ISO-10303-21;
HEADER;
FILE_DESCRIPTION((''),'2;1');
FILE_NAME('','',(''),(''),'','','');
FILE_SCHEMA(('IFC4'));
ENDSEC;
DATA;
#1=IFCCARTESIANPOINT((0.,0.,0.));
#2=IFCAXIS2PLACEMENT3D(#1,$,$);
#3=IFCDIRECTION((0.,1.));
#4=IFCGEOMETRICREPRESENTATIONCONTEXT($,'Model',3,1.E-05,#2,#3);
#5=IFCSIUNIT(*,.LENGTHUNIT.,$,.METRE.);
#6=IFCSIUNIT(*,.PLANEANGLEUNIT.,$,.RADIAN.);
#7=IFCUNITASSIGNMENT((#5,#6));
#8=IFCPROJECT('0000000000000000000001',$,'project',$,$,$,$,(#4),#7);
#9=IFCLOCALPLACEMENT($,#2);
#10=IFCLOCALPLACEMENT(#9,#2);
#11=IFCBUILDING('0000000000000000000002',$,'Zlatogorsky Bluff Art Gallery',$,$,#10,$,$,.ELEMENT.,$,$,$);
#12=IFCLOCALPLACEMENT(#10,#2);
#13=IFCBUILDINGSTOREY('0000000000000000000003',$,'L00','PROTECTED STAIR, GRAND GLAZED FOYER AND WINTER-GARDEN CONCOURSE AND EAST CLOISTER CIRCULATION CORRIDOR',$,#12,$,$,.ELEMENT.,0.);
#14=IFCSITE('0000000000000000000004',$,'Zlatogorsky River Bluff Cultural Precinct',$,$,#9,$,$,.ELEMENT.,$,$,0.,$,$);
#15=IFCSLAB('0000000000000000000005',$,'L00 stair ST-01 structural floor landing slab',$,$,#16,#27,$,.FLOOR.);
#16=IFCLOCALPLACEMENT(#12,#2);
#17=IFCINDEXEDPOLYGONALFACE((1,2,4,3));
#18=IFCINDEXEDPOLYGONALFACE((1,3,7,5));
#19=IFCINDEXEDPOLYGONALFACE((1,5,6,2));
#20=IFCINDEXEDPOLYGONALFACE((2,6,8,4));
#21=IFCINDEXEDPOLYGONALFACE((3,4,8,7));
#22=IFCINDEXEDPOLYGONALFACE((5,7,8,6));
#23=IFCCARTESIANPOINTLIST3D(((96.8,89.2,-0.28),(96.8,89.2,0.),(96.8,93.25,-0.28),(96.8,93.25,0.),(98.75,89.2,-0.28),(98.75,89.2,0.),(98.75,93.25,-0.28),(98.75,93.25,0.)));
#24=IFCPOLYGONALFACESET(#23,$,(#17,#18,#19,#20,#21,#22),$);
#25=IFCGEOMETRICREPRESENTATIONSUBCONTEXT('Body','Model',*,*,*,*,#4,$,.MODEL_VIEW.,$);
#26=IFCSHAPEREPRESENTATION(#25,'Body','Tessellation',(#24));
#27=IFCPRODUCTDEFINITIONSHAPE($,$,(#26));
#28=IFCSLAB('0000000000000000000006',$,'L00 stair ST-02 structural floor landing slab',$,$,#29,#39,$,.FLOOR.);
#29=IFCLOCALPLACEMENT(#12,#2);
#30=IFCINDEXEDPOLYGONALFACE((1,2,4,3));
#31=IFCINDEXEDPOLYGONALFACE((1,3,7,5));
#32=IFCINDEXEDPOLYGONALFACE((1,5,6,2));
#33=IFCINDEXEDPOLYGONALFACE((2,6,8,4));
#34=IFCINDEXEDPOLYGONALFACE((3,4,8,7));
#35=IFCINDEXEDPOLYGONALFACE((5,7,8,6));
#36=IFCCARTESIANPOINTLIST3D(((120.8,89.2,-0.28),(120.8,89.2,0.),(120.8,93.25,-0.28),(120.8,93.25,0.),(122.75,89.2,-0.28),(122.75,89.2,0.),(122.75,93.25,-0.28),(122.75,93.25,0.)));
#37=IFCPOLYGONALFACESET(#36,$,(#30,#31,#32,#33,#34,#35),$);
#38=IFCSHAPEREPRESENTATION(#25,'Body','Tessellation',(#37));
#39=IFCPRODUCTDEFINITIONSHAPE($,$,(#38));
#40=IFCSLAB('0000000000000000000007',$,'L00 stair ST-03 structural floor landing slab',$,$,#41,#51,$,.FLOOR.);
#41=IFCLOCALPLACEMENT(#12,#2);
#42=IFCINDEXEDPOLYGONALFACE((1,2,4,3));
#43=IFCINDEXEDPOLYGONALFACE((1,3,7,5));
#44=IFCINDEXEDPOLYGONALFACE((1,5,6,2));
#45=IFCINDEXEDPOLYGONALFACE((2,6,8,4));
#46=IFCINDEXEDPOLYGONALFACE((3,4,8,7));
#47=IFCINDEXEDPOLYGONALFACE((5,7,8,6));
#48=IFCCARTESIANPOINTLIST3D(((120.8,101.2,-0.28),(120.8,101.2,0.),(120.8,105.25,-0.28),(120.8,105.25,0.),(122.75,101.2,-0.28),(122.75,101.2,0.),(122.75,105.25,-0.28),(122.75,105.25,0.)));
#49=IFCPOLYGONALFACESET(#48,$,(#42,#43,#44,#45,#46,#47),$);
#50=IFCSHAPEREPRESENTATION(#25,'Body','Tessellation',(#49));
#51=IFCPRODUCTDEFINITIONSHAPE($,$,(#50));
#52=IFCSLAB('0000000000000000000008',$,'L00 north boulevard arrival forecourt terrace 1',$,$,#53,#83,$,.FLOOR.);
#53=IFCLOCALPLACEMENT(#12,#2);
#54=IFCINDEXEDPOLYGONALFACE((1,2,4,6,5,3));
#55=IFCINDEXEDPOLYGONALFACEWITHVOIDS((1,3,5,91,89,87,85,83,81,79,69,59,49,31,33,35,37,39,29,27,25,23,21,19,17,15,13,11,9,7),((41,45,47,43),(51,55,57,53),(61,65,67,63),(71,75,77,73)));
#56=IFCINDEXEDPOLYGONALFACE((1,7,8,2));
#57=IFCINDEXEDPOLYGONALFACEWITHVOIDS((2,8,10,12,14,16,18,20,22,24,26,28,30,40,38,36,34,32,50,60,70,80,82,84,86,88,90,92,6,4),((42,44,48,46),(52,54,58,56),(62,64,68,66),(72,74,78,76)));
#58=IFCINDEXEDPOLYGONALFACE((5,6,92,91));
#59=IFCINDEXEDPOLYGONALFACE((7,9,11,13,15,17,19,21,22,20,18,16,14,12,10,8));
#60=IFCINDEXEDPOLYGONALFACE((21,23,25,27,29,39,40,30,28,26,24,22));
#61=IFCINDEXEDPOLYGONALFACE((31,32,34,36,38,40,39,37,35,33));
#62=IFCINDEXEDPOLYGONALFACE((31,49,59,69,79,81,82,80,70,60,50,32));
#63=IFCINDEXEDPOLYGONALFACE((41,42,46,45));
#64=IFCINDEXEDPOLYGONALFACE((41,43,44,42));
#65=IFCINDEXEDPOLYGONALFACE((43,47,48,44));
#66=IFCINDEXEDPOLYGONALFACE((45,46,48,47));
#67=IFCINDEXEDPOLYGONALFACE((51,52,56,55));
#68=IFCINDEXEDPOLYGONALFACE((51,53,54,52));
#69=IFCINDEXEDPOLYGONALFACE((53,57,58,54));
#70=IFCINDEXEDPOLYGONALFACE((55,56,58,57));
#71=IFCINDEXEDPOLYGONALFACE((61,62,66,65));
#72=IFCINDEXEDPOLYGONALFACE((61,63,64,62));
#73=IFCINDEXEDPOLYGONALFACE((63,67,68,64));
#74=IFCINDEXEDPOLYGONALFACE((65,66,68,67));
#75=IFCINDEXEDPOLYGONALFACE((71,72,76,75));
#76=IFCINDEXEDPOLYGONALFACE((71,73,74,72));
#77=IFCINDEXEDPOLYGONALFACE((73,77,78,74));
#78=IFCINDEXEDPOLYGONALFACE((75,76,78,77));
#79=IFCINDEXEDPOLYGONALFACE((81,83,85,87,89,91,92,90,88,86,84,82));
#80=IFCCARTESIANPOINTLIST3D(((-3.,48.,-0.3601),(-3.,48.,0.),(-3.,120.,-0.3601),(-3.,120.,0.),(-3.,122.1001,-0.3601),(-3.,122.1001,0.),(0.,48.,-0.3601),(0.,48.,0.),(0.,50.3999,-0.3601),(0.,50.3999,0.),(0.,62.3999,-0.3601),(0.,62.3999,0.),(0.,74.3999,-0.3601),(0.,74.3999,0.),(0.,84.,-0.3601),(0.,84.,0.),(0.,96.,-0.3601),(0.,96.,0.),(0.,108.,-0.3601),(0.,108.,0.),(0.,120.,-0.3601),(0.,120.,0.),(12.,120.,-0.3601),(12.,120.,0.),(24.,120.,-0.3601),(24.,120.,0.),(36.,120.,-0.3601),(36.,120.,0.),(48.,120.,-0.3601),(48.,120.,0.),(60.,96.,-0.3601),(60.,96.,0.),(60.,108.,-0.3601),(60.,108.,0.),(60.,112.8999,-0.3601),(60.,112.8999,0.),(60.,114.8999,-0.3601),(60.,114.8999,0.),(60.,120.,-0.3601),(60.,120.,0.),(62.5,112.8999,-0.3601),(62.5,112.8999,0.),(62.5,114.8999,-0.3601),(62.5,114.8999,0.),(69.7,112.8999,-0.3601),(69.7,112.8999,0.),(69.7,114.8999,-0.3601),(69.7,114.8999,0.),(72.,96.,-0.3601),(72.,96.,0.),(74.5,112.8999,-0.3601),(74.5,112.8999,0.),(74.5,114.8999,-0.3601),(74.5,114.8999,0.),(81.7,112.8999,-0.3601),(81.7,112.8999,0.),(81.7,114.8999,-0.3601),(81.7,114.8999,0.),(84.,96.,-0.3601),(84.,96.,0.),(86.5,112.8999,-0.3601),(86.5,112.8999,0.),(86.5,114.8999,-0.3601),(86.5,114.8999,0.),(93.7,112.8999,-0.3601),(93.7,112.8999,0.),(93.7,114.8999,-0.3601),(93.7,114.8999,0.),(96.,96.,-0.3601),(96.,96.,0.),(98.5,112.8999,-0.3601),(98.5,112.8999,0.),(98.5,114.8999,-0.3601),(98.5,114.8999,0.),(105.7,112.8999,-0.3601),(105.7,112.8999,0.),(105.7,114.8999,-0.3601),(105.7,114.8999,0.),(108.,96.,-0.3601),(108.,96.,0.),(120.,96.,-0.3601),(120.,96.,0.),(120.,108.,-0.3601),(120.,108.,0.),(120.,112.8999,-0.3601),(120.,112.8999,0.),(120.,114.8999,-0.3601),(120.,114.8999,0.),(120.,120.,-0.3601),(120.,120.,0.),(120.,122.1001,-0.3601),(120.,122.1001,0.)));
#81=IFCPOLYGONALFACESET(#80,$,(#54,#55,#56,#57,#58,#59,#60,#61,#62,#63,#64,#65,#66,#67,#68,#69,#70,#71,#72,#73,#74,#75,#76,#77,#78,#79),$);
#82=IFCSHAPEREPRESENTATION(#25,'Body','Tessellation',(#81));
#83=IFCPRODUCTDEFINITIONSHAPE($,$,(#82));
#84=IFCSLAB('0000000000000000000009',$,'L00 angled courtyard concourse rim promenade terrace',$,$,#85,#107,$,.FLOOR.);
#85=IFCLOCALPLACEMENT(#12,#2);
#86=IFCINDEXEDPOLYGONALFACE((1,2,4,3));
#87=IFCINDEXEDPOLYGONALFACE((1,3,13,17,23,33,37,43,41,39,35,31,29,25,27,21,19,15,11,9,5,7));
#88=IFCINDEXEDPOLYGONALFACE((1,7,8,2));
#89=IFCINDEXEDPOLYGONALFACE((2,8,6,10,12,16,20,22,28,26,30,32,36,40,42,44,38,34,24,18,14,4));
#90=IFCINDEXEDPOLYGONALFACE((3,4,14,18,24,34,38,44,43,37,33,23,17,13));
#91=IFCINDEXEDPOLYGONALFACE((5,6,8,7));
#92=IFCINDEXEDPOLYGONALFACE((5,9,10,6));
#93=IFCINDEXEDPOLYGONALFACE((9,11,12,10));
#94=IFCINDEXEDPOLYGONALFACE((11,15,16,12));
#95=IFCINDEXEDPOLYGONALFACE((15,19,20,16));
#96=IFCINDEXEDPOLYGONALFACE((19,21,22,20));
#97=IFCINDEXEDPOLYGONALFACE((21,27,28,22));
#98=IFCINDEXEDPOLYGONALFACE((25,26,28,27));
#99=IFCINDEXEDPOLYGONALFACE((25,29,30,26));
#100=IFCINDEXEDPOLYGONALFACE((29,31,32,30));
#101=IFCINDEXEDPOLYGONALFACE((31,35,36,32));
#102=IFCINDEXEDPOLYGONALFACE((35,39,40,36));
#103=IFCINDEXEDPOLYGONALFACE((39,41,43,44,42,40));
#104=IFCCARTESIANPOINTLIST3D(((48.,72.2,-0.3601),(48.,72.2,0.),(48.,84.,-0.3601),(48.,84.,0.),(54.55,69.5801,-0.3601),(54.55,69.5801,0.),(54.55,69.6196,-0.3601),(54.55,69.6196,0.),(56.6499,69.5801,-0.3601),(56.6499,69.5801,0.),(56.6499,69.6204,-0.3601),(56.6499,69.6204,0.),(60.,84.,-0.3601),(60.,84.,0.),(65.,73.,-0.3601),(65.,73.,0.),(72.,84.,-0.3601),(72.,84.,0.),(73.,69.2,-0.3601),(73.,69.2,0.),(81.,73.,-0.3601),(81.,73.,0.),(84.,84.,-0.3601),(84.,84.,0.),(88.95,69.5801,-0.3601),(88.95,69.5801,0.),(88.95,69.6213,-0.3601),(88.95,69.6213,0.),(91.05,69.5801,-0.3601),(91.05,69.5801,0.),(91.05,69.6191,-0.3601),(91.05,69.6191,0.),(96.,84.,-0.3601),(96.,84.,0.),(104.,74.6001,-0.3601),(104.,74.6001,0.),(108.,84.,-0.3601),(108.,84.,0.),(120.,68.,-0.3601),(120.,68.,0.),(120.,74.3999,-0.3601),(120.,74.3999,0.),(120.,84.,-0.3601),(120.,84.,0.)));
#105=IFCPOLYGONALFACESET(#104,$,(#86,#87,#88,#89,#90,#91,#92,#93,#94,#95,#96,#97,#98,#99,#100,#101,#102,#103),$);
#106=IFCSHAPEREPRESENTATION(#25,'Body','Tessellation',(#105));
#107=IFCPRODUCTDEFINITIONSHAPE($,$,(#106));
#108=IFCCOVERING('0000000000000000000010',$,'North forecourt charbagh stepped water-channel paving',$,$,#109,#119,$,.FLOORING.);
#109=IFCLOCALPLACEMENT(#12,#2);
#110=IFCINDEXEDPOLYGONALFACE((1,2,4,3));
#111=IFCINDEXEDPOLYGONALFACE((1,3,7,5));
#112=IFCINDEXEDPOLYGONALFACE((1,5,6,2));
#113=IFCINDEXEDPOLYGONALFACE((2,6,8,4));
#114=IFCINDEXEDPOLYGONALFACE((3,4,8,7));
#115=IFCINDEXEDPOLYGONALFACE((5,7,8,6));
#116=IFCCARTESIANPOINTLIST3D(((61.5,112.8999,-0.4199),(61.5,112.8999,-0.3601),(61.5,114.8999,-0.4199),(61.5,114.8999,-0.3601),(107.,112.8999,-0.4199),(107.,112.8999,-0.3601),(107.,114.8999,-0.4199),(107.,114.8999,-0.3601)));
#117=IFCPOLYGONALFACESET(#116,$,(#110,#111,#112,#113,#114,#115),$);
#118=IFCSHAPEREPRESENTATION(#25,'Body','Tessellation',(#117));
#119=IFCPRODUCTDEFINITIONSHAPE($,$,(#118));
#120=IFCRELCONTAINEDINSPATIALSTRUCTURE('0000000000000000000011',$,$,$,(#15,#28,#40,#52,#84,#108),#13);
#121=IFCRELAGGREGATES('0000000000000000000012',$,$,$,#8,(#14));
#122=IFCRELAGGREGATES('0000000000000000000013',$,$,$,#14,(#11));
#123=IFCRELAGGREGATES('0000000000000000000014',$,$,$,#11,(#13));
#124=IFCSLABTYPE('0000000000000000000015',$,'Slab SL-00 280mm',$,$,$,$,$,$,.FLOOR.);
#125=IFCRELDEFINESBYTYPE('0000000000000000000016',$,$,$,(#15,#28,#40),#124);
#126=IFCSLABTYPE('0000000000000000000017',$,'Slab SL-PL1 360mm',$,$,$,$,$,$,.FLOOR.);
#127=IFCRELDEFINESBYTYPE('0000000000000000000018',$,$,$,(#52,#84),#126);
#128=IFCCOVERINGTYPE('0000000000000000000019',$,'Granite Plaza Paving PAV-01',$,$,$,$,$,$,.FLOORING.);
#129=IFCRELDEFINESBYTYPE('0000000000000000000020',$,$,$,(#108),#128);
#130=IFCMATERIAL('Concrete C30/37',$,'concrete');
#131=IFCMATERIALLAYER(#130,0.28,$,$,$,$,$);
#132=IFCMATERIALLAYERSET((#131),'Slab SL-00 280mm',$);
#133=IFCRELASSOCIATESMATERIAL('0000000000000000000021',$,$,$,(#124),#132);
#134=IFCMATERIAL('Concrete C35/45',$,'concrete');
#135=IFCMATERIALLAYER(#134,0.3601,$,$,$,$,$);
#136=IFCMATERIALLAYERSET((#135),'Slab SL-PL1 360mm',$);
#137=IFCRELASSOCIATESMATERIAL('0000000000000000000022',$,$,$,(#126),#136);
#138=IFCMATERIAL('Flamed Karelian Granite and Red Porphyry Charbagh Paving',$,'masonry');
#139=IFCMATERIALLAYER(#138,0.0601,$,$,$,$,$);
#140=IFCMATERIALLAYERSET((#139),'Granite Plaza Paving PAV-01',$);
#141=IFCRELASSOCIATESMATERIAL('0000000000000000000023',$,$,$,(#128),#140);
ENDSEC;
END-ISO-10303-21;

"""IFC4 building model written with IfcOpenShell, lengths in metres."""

from ifc_helpers import new_model, si_unit, direction, frame, origin, place, context, subcontext, project, spatial, polyline, outline, extrude, material, layer, layer_set, type_object, element, save


model = new_model("IFC4")

# Units and contexts
model_context = context("Model", 3, precision=1e-05, world=origin(), true_north=direction((0.0, 1.0)))
body_context = subcontext(model_context, "Body", "Model", "MODEL_VIEW")
ifc_project = project(units=[si_unit("LENGTHUNIT", "METRE"), si_unit("PLANEANGLEUNIT", "RADIAN")], contexts=[model_context])

# Site, building, storey
site_placement = place(None, origin())
site = spatial("IfcSite", under=ifc_project, at=site_placement, Name="Zlatogorsky River Bluff Cultural Precinct", CompositionType="ELEMENT", RefElevation=0.0)
building_placement = place(site_placement, origin())
building = spatial("IfcBuilding", under=site, at=building_placement, Name="Zlatogorsky Bluff Art Gallery", CompositionType="ELEMENT")
storey_placement = place(building_placement, origin())
storey = spatial("IfcBuildingStorey", under=building, at=storey_placement, Name="L00", Description="PROTECTED STAIR, GRAND GLAZED FOYER AND WINTER-GARDEN CONCOURSE AND EAST CLOISTER CIRCULATION CORRIDOR", CompositionType="ELEMENT", Elevation=0.0)

# Slabs
ifc_material_1 = material(Name="Concrete C30/37", Category="concrete")
ifc_layer_1 = layer(ifc_material_1, 0.28)
ifc_layer_set_1 = layer_set([ifc_layer_1], Name="Slab SL-00 280mm")
slab_type_1 = type_object("IfcSlabType", Name="Slab SL-00 280mm", PredefinedType="FLOOR", material=ifc_layer_set_1)
slab_1_placement = place(storey_placement, frame((0.0, 0.0, -0.28)))
element("IfcSlab", 1, at=slab_1_placement, inside=storey, type_object=slab_type_1, Name="L00 stair ST-01 structural floor landing slab", PredefinedType="FLOOR", context=body_context, shape_type="SweptSolid", body=[
    extrude(outline(polyline([(96.8, 89.2), (98.75, 89.2), (98.75, 93.25), (96.8, 93.25), (96.8, 89.2)])), origin(), (0.0, 0.0, 1.0), 0.28),
])
slab_2_placement = place(storey_placement, frame((0.0, 0.0, -0.28)))
element("IfcSlab", 2, at=slab_2_placement, inside=storey, type_object=slab_type_1, Name="L00 stair ST-02 structural floor landing slab", PredefinedType="FLOOR", context=body_context, shape_type="SweptSolid", body=[
    extrude(outline(polyline([(120.8, 89.2), (122.75, 89.2), (122.75, 93.25), (120.8, 93.25), (120.8, 89.2)])), origin(), (0.0, 0.0, 1.0), 0.28),
])
slab_3_placement = place(storey_placement, frame((0.0, 0.0, -0.28)))
element("IfcSlab", 3, at=slab_3_placement, inside=storey, type_object=slab_type_1, Name="L00 stair ST-03 structural floor landing slab", PredefinedType="FLOOR", context=body_context, shape_type="SweptSolid", body=[
    extrude(outline(polyline([(120.8, 101.2), (122.75, 101.2), (122.75, 105.25), (120.8, 105.25), (120.8, 101.2)])), origin(), (0.0, 0.0, 1.0), 0.28),
])
ifc_material_2 = material(Name="Concrete C35/45", Category="concrete")
ifc_layer_2 = layer(ifc_material_2, 0.3601)
ifc_layer_set_2 = layer_set([ifc_layer_2], Name="Slab SL-PL1 360mm")
slab_type_2 = type_object("IfcSlabType", Name="Slab SL-PL1 360mm", PredefinedType="FLOOR", material=ifc_layer_set_2)
slab_4_placement = place(storey_placement, frame((0.0, 0.0, -0.3601)))
element("IfcSlab", 4, at=slab_4_placement, inside=storey, type_object=slab_type_2, Name="L00 north boulevard arrival forecourt terrace 1", PredefinedType="FLOOR", context=body_context, shape_type="SweptSolid", body=[
    extrude(outline(polyline([(-3.0, 48.0), (-3.0, 120.0), (-3.0, 122.1001), (120.0, 122.1001), (120.0, 120.0), (120.0, 114.8999), (120.0, 112.8999), (120.0, 108.0), (120.0, 96.0), (108.0, 96.0), (96.0, 96.0), (84.0, 96.0), (72.0, 96.0), (60.0, 96.0), (60.0, 108.0), (60.0, 112.8999), (60.0, 114.8999), (60.0, 120.0), (48.0, 120.0), (36.0, 120.0), (24.0, 120.0), (12.0, 120.0), (0.0, 120.0), (0.0, 108.0), (0.0, 96.0), (0.0, 84.0), (0.0, 74.3999), (0.0, 62.3999), (0.0, 50.3999), (0.0, 48.0), (-3.0, 48.0)]), holes=[polyline([(69.7, 112.8999), (69.7, 114.8999), (62.5, 114.8999), (62.5, 112.8999), (69.7, 112.8999)]), polyline([(81.7, 112.8999), (81.7, 114.8999), (74.5, 114.8999), (74.5, 112.8999), (81.7, 112.8999)]), polyline([(93.7, 114.8999), (86.5, 114.8999), (86.5, 112.8999), (93.7, 112.8999), (93.7, 114.8999)]), polyline([(105.7, 114.8999), (98.5, 114.8999), (98.5, 112.8999), (105.7, 112.8999), (105.7, 114.8999)])]), origin(), (0.0, 0.0, 1.0), 0.3601),
])
slab_5_placement = place(storey_placement, frame((0.0, 0.0, -0.3601)))
element("IfcSlab", 5, at=slab_5_placement, inside=storey, type_object=slab_type_2, Name="L00 angled courtyard concourse rim promenade terrace", PredefinedType="FLOOR", context=body_context, shape_type="SweptSolid", body=[
    extrude(outline(polyline([(60.0, 84.0), (72.0, 84.0), (84.0, 84.0), (96.0, 84.0), (108.0, 84.0), (120.0, 84.0), (120.0, 74.3999), (120.0, 68.0), (104.0, 74.6001), (91.05, 69.6191), (91.05, 69.5801), (88.95, 69.5801), (88.95, 69.6213), (81.0, 73.0), (73.0, 69.2), (65.0, 73.0), (56.6499, 69.6204), (56.6499, 69.5801), (54.55, 69.5801), (54.55, 69.6196), (48.0, 72.2), (48.0, 84.0), (60.0, 84.0)])), origin(), (0.0, 0.0, 1.0), 0.3601),
])

# Covering
ifc_material_3 = material(Name="Flamed Karelian Granite and Red Porphyry Charbagh Paving", Category="masonry")
ifc_layer_3 = layer(ifc_material_3, 0.0601)
ifc_layer_set_3 = layer_set([ifc_layer_3], Name="Granite Plaza Paving PAV-01")
covering_type = type_object("IfcCoveringType", Name="Granite Plaza Paving PAV-01", PredefinedType="FLOORING", material=ifc_layer_set_3)
covering_placement = place(storey_placement, frame((0.0, 0.0, -0.4199)))
element("IfcCovering", 6, at=covering_placement, inside=storey, type_object=covering_type, Name="North forecourt charbagh stepped water-channel paving", PredefinedType="FLOORING", context=body_context, shape_type="SweptSolid", body=[
    extrude(outline(polyline([(61.5, 112.8999), (107.0, 112.8999), (107.0, 114.8999), (61.5, 114.8999), (61.5, 112.8999)])), origin(), (0.0, 0.0, 1.0), 0.0598),
])

save(model, "model.ifc")
